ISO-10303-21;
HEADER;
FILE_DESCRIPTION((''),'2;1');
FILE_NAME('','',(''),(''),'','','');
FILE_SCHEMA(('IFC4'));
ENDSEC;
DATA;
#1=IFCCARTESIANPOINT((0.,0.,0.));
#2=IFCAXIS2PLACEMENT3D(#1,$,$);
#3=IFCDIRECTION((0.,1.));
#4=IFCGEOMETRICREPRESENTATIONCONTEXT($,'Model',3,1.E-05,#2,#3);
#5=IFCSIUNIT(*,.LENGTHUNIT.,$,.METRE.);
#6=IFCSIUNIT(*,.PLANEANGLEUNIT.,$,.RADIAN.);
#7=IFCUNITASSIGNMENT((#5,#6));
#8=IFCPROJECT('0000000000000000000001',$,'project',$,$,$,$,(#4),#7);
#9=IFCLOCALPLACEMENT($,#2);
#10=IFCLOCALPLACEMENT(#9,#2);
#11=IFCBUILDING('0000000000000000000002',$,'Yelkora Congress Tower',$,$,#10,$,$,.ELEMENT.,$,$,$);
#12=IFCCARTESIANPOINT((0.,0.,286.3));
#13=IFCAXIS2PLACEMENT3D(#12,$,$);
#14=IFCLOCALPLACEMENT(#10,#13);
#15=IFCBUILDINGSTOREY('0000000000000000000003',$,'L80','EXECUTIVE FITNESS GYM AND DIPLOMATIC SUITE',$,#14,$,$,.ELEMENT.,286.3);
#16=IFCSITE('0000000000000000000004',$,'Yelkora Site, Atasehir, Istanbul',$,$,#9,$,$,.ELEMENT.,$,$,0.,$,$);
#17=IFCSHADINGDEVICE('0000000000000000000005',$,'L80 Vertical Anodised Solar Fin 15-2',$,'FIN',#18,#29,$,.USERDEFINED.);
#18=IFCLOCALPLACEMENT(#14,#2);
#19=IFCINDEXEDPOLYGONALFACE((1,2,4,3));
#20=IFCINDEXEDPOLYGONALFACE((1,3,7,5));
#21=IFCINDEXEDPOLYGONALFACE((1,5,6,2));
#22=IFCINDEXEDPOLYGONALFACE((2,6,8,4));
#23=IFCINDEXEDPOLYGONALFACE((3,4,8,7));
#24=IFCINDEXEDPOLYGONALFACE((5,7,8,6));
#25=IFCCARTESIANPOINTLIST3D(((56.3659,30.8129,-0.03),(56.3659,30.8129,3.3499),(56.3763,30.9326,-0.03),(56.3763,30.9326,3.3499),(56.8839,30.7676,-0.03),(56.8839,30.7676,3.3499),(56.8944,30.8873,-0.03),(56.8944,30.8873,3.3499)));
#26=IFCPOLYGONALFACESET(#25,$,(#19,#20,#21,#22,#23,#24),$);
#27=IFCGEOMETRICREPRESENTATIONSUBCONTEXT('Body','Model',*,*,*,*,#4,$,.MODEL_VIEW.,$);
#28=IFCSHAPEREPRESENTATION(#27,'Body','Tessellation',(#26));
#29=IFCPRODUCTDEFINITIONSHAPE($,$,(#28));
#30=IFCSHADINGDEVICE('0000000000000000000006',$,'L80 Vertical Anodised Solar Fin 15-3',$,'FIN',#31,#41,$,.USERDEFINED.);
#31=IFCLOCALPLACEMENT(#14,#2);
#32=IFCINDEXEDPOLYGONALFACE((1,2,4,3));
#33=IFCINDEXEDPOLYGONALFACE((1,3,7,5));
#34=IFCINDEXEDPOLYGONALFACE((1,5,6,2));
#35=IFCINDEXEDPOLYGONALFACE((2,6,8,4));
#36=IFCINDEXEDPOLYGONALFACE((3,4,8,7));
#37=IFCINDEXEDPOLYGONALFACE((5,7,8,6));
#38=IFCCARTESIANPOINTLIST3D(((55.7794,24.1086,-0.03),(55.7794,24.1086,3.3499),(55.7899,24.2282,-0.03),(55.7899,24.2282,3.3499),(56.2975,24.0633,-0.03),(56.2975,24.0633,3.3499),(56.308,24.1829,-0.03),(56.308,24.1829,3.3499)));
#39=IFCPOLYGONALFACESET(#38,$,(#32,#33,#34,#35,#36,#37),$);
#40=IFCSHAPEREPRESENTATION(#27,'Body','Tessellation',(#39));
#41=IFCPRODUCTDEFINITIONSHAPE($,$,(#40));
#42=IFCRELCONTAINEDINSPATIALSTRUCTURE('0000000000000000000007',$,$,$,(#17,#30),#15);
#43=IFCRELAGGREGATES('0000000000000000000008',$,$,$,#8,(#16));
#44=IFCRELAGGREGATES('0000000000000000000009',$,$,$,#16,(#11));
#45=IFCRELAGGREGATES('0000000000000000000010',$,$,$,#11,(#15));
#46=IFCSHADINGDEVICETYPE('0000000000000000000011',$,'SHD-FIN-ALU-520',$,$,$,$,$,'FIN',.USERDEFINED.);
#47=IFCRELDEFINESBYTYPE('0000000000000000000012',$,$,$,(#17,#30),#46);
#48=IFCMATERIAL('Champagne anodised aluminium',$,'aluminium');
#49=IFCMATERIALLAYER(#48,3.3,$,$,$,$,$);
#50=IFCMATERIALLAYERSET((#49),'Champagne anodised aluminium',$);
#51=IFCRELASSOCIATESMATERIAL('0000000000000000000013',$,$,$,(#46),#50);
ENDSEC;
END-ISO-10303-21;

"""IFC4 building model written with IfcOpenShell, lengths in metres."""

from ifc_helpers import new_model, si_unit, direction, frame, origin, origin_2d, place, context, subcontext, project, spatial, rectangle, extrude, material, layer, layer_set, type_object, element, save


model = new_model("IFC4")

# Units and contexts
model_context = context("Model", 3, precision=1e-05, world=origin(), true_north=direction((0.0, 1.0)))
body_context = subcontext(model_context, "Body", "Model", "MODEL_VIEW")
ifc_project = project(units=[si_unit("LENGTHUNIT", "METRE"), si_unit("PLANEANGLEUNIT", "RADIAN")], contexts=[model_context])

# Site, building, storey
site_placement = place(None, origin())
site = spatial("IfcSite", under=ifc_project, at=site_placement, Name="Yelkora Site, Atasehir, Istanbul", CompositionType="ELEMENT", RefElevation=0.0)
building_placement = place(site_placement, origin())
building = spatial("IfcBuilding", under=site, at=building_placement, Name="Yelkora Congress Tower", CompositionType="ELEMENT")
storey_placement = place(building_placement, frame((0.0, 0.0, 286.3)))
storey = spatial("IfcBuildingStorey", under=building, at=storey_placement, Name="L80", Description="EXECUTIVE FITNESS GYM AND DIPLOMATIC SUITE", CompositionType="ELEMENT", Elevation=286.3)

# Shading devices
ifc_material_1 = material(Name="Champagne anodised aluminium", Category="aluminium")
ifc_layer_1 = layer(ifc_material_1, 3.3)
ifc_layer_set_1 = layer_set([ifc_layer_1], Name="Champagne anodised aluminium")
shading_device_type = type_object("IfcShadingDeviceType", Name="SHD-FIN-ALU-520", ElementType="FIN", PredefinedType="USERDEFINED", material=ifc_layer_set_1)
for number, where, z_axis, x_axis, name in (
    (1, (56.6301, 30.8501, -0.03), (0.0, 0.0, 1.0), (-0.087156, -0.996195, 0.0), "L80 Vertical Anodised Solar Fin 15-2"),
    (2, (56.0437, 24.1458, -0.03), (0.0, 0.0, 1.0), (-0.087156, -0.996195, 0.0), "L80 Vertical Anodised Solar Fin 15-3"),
):
    element("IfcShadingDevice", number, at=place(storey_placement, frame(where, z_axis=z_axis, x_axis=x_axis)), inside=storey, type_object=shading_device_type, Name=name, ObjectType="FIN", PredefinedType="USERDEFINED", context=body_context, shape_type="SweptSolid", body=[
        extrude(rectangle(XDim=0.1201, YDim=0.52, at=origin_2d()), origin(), (0.0, 0.0, 1.0), 3.3799),
    ])

save(model, "model.ifc")
